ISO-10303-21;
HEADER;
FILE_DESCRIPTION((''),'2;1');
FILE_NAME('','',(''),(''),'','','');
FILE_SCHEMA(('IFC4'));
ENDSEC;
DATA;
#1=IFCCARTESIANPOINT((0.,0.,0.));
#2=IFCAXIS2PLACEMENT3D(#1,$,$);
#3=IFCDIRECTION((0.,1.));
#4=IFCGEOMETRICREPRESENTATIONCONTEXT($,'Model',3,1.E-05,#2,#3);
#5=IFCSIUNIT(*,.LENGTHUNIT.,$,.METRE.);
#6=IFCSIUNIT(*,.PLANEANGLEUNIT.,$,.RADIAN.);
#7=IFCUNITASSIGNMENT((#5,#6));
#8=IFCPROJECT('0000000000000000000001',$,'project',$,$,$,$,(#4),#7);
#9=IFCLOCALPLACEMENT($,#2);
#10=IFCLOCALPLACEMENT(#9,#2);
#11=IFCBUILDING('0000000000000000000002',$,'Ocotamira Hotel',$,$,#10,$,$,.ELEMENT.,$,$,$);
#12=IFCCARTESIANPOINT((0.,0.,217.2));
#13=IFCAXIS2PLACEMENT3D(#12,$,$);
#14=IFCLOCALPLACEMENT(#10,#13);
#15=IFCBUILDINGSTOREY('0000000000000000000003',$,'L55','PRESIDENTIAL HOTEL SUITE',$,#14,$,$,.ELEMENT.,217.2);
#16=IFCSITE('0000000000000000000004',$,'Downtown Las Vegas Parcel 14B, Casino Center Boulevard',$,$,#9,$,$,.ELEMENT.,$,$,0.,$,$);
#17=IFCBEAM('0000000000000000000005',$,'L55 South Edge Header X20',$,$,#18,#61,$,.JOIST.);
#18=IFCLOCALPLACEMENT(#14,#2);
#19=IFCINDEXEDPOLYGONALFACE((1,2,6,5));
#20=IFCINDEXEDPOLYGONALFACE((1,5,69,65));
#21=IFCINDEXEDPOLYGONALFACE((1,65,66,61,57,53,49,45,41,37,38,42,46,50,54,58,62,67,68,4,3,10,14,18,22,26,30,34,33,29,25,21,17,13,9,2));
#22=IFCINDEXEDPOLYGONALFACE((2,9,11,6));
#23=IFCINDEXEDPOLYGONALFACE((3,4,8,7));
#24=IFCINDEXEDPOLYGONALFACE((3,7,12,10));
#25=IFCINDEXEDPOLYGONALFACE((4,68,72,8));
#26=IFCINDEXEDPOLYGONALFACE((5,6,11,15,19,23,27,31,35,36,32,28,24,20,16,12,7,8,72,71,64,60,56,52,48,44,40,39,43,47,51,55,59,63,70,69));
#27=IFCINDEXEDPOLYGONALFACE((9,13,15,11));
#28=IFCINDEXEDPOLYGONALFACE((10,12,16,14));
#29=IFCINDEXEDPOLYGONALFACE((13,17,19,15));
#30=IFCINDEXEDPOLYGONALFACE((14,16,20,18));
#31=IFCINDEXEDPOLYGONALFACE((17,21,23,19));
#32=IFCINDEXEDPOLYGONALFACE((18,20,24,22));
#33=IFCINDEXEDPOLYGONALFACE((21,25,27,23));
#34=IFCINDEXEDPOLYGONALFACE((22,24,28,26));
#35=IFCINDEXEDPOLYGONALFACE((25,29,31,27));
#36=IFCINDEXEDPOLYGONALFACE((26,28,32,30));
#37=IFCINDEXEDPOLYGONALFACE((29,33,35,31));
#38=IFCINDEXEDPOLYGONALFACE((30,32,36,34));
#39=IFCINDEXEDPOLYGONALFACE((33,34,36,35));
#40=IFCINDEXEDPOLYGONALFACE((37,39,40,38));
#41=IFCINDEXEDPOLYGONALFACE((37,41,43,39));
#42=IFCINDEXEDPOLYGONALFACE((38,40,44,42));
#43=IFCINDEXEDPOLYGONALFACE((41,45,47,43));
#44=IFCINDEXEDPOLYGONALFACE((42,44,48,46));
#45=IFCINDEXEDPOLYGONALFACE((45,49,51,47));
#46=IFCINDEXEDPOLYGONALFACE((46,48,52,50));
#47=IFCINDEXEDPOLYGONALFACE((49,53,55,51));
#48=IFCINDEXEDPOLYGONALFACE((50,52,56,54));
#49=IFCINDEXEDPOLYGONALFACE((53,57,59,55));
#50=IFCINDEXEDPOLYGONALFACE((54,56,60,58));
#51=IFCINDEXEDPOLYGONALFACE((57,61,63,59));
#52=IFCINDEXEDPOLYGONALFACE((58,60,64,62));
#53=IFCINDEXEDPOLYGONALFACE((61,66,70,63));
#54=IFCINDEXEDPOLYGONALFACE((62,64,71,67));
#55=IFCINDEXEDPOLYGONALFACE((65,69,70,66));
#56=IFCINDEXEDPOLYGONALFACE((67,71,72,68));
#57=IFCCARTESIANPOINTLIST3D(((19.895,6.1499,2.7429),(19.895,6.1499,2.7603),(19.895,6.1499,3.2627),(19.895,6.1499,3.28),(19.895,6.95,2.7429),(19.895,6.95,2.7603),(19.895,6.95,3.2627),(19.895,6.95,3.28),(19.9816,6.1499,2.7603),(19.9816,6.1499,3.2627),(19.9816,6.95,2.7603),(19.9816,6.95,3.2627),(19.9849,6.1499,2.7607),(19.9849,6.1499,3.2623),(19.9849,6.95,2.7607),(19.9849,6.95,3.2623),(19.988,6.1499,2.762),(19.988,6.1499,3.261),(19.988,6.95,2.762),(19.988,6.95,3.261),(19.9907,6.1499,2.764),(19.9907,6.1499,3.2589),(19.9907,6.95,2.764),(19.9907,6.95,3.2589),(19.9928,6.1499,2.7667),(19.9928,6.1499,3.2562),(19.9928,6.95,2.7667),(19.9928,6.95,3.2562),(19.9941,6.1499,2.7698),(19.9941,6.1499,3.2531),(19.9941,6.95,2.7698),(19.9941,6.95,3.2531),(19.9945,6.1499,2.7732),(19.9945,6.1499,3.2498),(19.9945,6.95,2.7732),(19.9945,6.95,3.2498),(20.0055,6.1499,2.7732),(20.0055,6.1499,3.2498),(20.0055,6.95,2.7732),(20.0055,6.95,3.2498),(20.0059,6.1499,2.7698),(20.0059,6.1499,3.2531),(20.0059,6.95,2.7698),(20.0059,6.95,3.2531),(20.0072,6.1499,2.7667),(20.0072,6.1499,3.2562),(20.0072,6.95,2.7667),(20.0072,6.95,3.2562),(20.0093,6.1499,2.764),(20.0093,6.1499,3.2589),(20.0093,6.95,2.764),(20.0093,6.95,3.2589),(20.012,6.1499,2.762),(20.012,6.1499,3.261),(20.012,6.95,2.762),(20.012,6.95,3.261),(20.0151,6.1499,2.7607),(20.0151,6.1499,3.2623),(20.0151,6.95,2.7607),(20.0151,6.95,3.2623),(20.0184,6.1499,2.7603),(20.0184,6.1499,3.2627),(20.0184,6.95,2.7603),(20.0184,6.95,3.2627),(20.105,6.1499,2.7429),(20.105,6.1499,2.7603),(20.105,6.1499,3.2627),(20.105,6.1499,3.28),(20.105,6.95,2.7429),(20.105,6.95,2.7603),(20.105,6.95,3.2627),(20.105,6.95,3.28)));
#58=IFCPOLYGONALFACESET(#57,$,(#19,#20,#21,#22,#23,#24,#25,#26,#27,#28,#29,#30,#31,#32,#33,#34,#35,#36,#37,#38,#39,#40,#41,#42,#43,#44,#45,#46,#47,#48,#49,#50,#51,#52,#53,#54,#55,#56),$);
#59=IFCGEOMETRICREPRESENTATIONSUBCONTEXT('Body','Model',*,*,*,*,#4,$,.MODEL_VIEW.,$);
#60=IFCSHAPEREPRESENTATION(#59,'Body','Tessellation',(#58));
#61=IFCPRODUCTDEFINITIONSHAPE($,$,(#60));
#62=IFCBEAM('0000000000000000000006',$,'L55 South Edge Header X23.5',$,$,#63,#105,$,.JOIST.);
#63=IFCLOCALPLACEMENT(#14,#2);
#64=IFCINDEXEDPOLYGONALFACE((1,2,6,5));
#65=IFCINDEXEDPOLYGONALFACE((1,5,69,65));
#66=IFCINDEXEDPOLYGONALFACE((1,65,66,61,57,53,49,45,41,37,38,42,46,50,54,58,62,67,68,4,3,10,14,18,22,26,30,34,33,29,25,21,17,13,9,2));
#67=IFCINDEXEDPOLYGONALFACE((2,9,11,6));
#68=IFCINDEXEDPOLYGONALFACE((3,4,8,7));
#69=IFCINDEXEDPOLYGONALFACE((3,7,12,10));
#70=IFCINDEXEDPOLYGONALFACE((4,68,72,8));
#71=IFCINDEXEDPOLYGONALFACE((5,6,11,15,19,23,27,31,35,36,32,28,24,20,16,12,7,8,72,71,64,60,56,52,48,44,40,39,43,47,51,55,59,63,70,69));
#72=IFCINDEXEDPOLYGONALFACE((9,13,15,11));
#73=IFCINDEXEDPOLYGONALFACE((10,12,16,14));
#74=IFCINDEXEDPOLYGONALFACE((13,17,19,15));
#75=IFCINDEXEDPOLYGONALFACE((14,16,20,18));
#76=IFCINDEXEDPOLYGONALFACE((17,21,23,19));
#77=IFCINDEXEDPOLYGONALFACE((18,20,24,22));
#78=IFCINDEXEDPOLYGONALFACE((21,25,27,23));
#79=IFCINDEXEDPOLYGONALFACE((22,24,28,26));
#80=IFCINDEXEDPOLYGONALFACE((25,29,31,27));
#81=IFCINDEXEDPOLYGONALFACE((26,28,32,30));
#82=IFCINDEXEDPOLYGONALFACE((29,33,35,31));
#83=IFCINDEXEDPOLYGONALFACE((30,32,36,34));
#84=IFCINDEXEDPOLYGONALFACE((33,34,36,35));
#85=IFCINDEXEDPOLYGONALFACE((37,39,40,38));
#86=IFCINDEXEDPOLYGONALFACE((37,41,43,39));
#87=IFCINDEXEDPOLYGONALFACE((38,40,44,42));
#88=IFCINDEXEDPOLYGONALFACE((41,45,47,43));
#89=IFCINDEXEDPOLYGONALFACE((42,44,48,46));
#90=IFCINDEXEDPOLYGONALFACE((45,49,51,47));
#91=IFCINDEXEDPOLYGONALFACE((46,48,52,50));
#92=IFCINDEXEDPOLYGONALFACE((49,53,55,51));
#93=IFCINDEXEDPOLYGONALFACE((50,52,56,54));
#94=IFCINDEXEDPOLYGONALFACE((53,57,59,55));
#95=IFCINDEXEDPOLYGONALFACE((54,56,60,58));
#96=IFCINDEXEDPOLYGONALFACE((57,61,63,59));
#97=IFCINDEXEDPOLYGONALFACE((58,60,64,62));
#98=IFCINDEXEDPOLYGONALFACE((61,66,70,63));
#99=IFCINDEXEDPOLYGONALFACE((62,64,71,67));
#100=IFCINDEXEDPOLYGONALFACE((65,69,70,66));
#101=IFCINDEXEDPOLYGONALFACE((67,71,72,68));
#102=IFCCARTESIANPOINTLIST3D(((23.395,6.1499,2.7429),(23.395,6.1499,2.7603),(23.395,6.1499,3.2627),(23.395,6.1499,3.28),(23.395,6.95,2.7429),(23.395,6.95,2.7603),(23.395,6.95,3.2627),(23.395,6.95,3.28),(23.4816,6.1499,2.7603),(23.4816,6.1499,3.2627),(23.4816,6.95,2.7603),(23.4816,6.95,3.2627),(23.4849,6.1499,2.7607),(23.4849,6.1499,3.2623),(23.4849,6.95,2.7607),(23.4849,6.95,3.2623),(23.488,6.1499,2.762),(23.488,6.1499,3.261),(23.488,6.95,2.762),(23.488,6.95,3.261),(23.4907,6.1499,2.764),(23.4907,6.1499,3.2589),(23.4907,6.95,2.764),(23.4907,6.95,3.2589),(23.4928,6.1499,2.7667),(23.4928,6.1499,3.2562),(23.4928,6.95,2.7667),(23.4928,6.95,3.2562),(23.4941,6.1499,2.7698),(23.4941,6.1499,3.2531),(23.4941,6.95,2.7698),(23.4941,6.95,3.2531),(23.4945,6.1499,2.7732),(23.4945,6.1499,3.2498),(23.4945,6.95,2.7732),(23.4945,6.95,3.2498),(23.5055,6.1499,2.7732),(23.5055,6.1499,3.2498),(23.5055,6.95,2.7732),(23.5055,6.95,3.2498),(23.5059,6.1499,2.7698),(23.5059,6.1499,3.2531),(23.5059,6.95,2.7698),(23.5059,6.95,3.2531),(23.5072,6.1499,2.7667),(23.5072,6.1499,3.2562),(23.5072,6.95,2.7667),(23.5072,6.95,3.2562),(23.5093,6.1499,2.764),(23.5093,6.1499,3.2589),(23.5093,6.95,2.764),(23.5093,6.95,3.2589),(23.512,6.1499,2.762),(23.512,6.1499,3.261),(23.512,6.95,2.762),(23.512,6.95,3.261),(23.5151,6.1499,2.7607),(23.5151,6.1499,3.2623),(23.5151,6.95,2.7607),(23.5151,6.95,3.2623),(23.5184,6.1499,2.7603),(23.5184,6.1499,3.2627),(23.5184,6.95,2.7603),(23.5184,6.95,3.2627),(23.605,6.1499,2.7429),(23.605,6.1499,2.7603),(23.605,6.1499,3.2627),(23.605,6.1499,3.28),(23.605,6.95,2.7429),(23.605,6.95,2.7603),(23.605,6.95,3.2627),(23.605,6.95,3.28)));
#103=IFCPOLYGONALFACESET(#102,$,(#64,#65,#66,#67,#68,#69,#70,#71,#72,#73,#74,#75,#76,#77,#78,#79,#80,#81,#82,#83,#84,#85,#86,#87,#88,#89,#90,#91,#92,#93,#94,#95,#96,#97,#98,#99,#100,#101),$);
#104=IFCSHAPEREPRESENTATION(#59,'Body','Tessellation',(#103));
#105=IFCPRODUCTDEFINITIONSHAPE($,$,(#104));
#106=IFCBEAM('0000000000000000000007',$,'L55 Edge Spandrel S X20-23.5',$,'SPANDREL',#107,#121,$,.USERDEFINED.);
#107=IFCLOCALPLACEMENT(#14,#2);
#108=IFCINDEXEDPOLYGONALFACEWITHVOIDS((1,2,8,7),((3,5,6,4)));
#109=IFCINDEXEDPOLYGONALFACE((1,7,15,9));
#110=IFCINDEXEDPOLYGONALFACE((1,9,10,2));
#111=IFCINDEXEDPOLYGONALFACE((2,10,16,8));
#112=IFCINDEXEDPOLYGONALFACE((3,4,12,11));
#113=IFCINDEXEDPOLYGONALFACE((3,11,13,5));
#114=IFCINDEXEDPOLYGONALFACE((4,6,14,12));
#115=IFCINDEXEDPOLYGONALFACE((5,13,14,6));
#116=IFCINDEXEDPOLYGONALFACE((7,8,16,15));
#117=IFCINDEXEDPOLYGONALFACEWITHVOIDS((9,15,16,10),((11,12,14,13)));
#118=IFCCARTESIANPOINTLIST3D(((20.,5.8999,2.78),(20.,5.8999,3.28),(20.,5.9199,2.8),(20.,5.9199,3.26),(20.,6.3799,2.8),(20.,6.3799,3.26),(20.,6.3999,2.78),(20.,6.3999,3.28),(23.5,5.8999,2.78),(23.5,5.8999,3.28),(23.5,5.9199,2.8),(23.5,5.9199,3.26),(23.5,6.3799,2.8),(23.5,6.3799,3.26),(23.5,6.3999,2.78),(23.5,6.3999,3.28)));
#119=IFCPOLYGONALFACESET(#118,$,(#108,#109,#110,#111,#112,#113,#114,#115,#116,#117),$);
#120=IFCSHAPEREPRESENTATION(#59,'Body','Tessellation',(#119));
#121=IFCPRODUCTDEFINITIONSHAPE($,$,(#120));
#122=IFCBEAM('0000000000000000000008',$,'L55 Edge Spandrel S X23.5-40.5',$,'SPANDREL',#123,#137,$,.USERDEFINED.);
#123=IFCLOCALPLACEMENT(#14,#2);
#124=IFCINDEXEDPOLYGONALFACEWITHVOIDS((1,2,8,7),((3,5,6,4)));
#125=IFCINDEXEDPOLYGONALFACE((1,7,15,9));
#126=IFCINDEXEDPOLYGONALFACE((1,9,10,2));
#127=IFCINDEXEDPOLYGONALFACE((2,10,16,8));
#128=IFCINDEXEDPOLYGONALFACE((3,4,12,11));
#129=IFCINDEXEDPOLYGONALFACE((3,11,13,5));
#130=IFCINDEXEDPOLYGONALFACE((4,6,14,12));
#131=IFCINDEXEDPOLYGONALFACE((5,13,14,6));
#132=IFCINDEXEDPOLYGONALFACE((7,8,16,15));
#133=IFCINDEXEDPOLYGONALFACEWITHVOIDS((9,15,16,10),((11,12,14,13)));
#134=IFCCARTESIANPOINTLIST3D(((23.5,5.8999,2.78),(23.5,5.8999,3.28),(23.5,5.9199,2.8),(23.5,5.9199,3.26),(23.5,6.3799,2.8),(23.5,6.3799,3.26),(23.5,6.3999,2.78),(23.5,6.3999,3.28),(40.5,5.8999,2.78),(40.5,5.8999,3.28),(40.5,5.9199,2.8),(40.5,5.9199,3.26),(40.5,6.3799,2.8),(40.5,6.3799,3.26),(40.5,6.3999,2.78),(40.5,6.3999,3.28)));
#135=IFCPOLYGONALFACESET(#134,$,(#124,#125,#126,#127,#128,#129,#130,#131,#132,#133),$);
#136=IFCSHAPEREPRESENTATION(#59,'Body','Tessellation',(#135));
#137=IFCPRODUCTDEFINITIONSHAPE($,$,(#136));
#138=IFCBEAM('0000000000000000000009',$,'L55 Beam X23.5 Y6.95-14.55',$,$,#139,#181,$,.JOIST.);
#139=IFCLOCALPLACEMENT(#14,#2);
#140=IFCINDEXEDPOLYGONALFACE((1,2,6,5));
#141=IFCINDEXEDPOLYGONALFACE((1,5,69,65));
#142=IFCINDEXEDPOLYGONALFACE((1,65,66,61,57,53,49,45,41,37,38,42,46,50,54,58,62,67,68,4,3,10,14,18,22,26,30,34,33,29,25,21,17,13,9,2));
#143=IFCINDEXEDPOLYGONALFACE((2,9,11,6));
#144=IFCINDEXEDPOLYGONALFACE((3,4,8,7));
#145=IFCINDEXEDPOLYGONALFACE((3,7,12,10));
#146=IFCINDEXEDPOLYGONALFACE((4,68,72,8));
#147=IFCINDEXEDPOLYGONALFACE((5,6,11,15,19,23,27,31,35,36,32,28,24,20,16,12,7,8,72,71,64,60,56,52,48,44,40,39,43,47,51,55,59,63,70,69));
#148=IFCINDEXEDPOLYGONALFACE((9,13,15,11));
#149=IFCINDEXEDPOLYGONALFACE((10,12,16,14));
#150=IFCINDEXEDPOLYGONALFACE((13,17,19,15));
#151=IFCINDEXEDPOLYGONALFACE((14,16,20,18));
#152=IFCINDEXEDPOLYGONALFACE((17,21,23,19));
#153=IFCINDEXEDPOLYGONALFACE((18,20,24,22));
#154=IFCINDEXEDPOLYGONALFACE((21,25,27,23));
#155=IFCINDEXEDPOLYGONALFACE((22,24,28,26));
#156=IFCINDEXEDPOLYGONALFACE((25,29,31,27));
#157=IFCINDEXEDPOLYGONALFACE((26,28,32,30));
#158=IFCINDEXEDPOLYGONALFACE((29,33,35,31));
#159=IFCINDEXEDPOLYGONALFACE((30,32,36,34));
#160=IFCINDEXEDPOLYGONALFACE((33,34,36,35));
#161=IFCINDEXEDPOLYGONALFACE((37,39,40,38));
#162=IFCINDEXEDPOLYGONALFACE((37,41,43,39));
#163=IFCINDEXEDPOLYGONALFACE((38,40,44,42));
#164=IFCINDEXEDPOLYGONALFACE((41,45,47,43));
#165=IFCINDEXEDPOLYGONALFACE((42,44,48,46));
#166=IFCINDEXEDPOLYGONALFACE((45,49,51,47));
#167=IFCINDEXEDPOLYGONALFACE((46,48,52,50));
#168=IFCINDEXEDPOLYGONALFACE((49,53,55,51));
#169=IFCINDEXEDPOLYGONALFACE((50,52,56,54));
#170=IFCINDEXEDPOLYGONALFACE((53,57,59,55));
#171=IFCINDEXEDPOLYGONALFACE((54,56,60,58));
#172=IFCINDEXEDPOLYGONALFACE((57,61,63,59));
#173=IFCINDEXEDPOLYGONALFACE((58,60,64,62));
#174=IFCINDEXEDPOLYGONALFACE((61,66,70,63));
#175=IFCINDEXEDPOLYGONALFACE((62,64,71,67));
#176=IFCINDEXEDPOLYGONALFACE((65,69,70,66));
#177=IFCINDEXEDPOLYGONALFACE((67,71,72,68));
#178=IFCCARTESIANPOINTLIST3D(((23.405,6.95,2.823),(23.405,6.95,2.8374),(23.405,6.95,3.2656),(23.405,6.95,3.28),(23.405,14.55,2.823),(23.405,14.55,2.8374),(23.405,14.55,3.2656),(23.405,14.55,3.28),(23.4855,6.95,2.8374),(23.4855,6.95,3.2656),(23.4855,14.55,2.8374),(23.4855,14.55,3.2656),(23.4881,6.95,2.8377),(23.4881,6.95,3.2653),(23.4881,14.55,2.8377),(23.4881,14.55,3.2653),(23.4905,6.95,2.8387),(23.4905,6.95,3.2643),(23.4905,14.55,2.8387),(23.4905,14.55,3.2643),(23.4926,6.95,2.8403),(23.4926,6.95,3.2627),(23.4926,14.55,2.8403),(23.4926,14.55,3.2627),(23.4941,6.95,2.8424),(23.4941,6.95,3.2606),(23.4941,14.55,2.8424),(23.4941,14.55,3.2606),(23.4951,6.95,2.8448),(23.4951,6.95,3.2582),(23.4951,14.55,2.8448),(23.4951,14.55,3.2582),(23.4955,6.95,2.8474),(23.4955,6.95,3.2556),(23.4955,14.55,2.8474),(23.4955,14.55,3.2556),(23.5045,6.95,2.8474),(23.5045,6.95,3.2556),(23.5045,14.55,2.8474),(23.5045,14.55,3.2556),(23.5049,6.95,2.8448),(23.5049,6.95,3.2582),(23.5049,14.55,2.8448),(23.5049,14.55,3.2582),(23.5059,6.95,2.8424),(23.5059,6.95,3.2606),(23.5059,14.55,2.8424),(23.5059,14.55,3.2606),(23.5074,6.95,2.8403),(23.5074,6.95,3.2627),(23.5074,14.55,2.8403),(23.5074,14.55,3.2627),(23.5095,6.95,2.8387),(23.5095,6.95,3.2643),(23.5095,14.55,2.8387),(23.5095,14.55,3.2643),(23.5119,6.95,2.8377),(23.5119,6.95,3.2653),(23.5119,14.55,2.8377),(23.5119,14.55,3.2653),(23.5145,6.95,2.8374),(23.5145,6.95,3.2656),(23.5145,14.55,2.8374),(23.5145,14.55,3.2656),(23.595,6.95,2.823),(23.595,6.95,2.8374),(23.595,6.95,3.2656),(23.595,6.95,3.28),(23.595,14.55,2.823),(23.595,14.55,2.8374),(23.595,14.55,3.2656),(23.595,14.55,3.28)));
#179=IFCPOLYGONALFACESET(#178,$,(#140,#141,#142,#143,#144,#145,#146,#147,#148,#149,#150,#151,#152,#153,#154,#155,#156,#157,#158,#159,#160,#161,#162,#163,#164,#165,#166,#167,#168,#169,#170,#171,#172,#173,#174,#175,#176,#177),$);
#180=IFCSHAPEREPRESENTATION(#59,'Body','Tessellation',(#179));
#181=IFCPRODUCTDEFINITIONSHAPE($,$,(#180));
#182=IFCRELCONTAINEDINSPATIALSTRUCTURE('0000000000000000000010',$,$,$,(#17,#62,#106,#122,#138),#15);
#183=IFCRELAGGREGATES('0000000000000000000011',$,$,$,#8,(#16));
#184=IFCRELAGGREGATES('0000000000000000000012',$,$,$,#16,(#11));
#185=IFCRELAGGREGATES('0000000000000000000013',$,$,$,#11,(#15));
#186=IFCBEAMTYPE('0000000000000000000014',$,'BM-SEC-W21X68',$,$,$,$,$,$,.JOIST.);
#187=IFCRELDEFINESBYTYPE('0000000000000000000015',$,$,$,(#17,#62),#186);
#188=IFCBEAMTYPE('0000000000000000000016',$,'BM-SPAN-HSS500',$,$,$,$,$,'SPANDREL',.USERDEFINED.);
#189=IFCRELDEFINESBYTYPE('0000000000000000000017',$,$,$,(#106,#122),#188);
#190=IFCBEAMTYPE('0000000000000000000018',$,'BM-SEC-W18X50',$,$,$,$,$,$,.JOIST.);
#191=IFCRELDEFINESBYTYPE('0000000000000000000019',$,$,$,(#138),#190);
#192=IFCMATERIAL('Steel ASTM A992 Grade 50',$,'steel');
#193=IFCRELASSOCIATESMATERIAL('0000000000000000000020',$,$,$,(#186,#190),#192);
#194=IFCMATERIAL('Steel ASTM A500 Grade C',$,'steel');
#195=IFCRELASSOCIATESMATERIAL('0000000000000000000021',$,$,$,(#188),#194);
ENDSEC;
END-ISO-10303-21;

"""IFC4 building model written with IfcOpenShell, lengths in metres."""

from ifc_helpers import new_model, si_unit, direction, frame, origin, origin_2d, place, context, subcontext, project, spatial, hollow_rectangle, i_section, extrude, source, transform, mapped, material, material_profile, profile_set, type_object, element, save


model = new_model("IFC4")

# Units and contexts
model_context = context("Model", 3, precision=1e-05, world=origin(), true_north=direction((0.0, 1.0)))
body_context = subcontext(model_context, "Body", "Model", "MODEL_VIEW")
ifc_project = project(units=[si_unit("LENGTHUNIT", "METRE"), si_unit("PLANEANGLEUNIT", "RADIAN")], contexts=[model_context])

# Site, building, storey
site_placement = place(None, origin())
site = spatial("IfcSite", under=ifc_project, at=site_placement, Name="Downtown Las Vegas Parcel 14B, Casino Center Boulevard", CompositionType="ELEMENT", RefElevation=0.0)
building_placement = place(site_placement, origin())
building = spatial("IfcBuilding", under=site, at=building_placement, Name="Ocotamira Hotel", CompositionType="ELEMENT")
storey_placement = place(building_placement, frame((0.0, 0.0, 217.2)))
storey = spatial("IfcBuildingStorey", under=building, at=storey_placement, Name="L55", Description="PRESIDENTIAL HOTEL SUITE", CompositionType="ELEMENT", Elevation=217.2)

# Beams
ifc_material_1 = material(Name="Steel ASTM A992 Grade 50", Category="steel")
ifc_material_profile_1 = material_profile(ifc_material_1, i_section(OverallWidth=0.21, OverallDepth=0.5371, WebThickness=0.011, FlangeThickness=0.0173, FilletRadius=0.0129, at=origin_2d()), Name="W21X68")
ifc_profile_set_1 = profile_set([ifc_material_profile_1], Name="Steel ASTM A992 Grade 50")
beam_type_1 = type_object("IfcBeamType", Name="BM-SEC-W21X68", PredefinedType="JOIST", material=ifc_profile_set_1)
shared_shape_1 = source(origin(), body_context, "Body", "SweptSolid", [
    extrude(i_section(OverallWidth=0.21, OverallDepth=0.5371, WebThickness=0.011, FlangeThickness=0.0173, FilletRadius=0.0129, at=origin_2d()), origin(), (0.0, 0.0, 1.0), 0.8),
])
for number, where, z_axis, x_axis, name in (
    (1, (20.0, 6.95, 3.0115), (0.0, -1.0, 0.0), (1.0, 0.0, 0.0), "L55 South Edge Header X20"),
    (2, (23.5, 6.95, 3.0115), (0.0, -1.0, 0.0), (1.0, 0.0, 0.0), "L55 South Edge Header X23.5"),
):
    element("IfcBeam", number, at=place(storey_placement, frame(where, z_axis=z_axis, x_axis=x_axis)), inside=storey, type_object=beam_type_1, Name=name, PredefinedType="JOIST", context=body_context, shape_type="MappedRepresentation", body=[
        mapped(shared_shape_1, transform((0.0, 0.0, 0.0), scale=1.0)),
    ])
ifc_material_2 = material(Name="Steel ASTM A500 Grade C", Category="steel")
ifc_material_profile_2 = material_profile(ifc_material_2, hollow_rectangle(XDim=0.5, YDim=0.5, WallThickness=0.02, at=origin_2d()), Name="HSS500X500X20")
ifc_profile_set_2 = profile_set([ifc_material_profile_2], Name="Steel ASTM A500 Grade C")
beam_type_2 = type_object("IfcBeamType", Name="BM-SPAN-HSS500", ElementType="SPANDREL", PredefinedType="USERDEFINED", material=ifc_profile_set_2)
shared_shape_2 = source(origin(), body_context, "Body", "SweptSolid", [
    extrude(hollow_rectangle(XDim=0.5, YDim=0.5, WallThickness=0.02, at=origin_2d()), origin(), (0.0, 0.0, 1.0), 3.5),
])
beam_1_placement = place(storey_placement, frame((20.0, 6.1499, 3.03), z_axis=(1.0, 0.0, 0.0), x_axis=(0.0, 1.0, 0.0)))
element("IfcBeam", 3, at=beam_1_placement, inside=storey, type_object=beam_type_2, Name="L55 Edge Spandrel S X20-23.5", ObjectType="SPANDREL", PredefinedType="USERDEFINED", context=body_context, shape_type="MappedRepresentation", body=[
    mapped(shared_shape_2, transform((0.0, 0.0, 0.0), scale=1.0)),
])
shared_shape_3 = source(origin(), body_context, "Body", "SweptSolid", [
    extrude(hollow_rectangle(XDim=0.5, YDim=0.5, WallThickness=0.02, at=origin_2d()), origin(), (0.0, 0.0, 1.0), 17.0),
])
beam_2_placement = place(storey_placement, frame((23.5, 6.1499, 3.03), z_axis=(1.0, 0.0, 0.0), x_axis=(0.0, 1.0, 0.0)))
element("IfcBeam", 4, at=beam_2_placement, inside=storey, type_object=beam_type_2, Name="L55 Edge Spandrel S X23.5-40.5", ObjectType="SPANDREL", PredefinedType="USERDEFINED", context=body_context, shape_type="MappedRepresentation", body=[
    mapped(shared_shape_3, transform((0.0, 0.0, 0.0), scale=1.0)),
])
ifc_material_profile_3 = material_profile(ifc_material_1, i_section(OverallWidth=0.1899, OverallDepth=0.457, WebThickness=0.009, FlangeThickness=0.0144, FilletRadius=0.01, at=origin_2d()), Name="W18X50")
ifc_profile_set_3 = profile_set([ifc_material_profile_3], Name="Steel ASTM A992 Grade 50")
beam_type_3 = type_object("IfcBeamType", Name="BM-SEC-W18X50", PredefinedType="JOIST", material=ifc_profile_set_3)
shared_shape_4 = source(origin(), body_context, "Body", "SweptSolid", [
    extrude(i_section(OverallWidth=0.1899, OverallDepth=0.457, WebThickness=0.009, FlangeThickness=0.0144, FilletRadius=0.01, at=origin_2d()), origin(), (0.0, 0.0, 1.0), 7.6001),
])
beam_3_placement = place(storey_placement, frame((23.5, 6.95, 3.0515), z_axis=(0.0, 1.0, 0.0), x_axis=(-1.0, 0.0, 0.0)))
element("IfcBeam", 5, at=beam_3_placement, inside=storey, type_object=beam_type_3, Name="L55 Beam X23.5 Y6.95-14.55", PredefinedType="JOIST", context=body_context, shape_type="MappedRepresentation", body=[
    mapped(shared_shape_4, transform((0.0, 0.0, 0.0), scale=1.0)),
])

save(model, "model.ifc")
